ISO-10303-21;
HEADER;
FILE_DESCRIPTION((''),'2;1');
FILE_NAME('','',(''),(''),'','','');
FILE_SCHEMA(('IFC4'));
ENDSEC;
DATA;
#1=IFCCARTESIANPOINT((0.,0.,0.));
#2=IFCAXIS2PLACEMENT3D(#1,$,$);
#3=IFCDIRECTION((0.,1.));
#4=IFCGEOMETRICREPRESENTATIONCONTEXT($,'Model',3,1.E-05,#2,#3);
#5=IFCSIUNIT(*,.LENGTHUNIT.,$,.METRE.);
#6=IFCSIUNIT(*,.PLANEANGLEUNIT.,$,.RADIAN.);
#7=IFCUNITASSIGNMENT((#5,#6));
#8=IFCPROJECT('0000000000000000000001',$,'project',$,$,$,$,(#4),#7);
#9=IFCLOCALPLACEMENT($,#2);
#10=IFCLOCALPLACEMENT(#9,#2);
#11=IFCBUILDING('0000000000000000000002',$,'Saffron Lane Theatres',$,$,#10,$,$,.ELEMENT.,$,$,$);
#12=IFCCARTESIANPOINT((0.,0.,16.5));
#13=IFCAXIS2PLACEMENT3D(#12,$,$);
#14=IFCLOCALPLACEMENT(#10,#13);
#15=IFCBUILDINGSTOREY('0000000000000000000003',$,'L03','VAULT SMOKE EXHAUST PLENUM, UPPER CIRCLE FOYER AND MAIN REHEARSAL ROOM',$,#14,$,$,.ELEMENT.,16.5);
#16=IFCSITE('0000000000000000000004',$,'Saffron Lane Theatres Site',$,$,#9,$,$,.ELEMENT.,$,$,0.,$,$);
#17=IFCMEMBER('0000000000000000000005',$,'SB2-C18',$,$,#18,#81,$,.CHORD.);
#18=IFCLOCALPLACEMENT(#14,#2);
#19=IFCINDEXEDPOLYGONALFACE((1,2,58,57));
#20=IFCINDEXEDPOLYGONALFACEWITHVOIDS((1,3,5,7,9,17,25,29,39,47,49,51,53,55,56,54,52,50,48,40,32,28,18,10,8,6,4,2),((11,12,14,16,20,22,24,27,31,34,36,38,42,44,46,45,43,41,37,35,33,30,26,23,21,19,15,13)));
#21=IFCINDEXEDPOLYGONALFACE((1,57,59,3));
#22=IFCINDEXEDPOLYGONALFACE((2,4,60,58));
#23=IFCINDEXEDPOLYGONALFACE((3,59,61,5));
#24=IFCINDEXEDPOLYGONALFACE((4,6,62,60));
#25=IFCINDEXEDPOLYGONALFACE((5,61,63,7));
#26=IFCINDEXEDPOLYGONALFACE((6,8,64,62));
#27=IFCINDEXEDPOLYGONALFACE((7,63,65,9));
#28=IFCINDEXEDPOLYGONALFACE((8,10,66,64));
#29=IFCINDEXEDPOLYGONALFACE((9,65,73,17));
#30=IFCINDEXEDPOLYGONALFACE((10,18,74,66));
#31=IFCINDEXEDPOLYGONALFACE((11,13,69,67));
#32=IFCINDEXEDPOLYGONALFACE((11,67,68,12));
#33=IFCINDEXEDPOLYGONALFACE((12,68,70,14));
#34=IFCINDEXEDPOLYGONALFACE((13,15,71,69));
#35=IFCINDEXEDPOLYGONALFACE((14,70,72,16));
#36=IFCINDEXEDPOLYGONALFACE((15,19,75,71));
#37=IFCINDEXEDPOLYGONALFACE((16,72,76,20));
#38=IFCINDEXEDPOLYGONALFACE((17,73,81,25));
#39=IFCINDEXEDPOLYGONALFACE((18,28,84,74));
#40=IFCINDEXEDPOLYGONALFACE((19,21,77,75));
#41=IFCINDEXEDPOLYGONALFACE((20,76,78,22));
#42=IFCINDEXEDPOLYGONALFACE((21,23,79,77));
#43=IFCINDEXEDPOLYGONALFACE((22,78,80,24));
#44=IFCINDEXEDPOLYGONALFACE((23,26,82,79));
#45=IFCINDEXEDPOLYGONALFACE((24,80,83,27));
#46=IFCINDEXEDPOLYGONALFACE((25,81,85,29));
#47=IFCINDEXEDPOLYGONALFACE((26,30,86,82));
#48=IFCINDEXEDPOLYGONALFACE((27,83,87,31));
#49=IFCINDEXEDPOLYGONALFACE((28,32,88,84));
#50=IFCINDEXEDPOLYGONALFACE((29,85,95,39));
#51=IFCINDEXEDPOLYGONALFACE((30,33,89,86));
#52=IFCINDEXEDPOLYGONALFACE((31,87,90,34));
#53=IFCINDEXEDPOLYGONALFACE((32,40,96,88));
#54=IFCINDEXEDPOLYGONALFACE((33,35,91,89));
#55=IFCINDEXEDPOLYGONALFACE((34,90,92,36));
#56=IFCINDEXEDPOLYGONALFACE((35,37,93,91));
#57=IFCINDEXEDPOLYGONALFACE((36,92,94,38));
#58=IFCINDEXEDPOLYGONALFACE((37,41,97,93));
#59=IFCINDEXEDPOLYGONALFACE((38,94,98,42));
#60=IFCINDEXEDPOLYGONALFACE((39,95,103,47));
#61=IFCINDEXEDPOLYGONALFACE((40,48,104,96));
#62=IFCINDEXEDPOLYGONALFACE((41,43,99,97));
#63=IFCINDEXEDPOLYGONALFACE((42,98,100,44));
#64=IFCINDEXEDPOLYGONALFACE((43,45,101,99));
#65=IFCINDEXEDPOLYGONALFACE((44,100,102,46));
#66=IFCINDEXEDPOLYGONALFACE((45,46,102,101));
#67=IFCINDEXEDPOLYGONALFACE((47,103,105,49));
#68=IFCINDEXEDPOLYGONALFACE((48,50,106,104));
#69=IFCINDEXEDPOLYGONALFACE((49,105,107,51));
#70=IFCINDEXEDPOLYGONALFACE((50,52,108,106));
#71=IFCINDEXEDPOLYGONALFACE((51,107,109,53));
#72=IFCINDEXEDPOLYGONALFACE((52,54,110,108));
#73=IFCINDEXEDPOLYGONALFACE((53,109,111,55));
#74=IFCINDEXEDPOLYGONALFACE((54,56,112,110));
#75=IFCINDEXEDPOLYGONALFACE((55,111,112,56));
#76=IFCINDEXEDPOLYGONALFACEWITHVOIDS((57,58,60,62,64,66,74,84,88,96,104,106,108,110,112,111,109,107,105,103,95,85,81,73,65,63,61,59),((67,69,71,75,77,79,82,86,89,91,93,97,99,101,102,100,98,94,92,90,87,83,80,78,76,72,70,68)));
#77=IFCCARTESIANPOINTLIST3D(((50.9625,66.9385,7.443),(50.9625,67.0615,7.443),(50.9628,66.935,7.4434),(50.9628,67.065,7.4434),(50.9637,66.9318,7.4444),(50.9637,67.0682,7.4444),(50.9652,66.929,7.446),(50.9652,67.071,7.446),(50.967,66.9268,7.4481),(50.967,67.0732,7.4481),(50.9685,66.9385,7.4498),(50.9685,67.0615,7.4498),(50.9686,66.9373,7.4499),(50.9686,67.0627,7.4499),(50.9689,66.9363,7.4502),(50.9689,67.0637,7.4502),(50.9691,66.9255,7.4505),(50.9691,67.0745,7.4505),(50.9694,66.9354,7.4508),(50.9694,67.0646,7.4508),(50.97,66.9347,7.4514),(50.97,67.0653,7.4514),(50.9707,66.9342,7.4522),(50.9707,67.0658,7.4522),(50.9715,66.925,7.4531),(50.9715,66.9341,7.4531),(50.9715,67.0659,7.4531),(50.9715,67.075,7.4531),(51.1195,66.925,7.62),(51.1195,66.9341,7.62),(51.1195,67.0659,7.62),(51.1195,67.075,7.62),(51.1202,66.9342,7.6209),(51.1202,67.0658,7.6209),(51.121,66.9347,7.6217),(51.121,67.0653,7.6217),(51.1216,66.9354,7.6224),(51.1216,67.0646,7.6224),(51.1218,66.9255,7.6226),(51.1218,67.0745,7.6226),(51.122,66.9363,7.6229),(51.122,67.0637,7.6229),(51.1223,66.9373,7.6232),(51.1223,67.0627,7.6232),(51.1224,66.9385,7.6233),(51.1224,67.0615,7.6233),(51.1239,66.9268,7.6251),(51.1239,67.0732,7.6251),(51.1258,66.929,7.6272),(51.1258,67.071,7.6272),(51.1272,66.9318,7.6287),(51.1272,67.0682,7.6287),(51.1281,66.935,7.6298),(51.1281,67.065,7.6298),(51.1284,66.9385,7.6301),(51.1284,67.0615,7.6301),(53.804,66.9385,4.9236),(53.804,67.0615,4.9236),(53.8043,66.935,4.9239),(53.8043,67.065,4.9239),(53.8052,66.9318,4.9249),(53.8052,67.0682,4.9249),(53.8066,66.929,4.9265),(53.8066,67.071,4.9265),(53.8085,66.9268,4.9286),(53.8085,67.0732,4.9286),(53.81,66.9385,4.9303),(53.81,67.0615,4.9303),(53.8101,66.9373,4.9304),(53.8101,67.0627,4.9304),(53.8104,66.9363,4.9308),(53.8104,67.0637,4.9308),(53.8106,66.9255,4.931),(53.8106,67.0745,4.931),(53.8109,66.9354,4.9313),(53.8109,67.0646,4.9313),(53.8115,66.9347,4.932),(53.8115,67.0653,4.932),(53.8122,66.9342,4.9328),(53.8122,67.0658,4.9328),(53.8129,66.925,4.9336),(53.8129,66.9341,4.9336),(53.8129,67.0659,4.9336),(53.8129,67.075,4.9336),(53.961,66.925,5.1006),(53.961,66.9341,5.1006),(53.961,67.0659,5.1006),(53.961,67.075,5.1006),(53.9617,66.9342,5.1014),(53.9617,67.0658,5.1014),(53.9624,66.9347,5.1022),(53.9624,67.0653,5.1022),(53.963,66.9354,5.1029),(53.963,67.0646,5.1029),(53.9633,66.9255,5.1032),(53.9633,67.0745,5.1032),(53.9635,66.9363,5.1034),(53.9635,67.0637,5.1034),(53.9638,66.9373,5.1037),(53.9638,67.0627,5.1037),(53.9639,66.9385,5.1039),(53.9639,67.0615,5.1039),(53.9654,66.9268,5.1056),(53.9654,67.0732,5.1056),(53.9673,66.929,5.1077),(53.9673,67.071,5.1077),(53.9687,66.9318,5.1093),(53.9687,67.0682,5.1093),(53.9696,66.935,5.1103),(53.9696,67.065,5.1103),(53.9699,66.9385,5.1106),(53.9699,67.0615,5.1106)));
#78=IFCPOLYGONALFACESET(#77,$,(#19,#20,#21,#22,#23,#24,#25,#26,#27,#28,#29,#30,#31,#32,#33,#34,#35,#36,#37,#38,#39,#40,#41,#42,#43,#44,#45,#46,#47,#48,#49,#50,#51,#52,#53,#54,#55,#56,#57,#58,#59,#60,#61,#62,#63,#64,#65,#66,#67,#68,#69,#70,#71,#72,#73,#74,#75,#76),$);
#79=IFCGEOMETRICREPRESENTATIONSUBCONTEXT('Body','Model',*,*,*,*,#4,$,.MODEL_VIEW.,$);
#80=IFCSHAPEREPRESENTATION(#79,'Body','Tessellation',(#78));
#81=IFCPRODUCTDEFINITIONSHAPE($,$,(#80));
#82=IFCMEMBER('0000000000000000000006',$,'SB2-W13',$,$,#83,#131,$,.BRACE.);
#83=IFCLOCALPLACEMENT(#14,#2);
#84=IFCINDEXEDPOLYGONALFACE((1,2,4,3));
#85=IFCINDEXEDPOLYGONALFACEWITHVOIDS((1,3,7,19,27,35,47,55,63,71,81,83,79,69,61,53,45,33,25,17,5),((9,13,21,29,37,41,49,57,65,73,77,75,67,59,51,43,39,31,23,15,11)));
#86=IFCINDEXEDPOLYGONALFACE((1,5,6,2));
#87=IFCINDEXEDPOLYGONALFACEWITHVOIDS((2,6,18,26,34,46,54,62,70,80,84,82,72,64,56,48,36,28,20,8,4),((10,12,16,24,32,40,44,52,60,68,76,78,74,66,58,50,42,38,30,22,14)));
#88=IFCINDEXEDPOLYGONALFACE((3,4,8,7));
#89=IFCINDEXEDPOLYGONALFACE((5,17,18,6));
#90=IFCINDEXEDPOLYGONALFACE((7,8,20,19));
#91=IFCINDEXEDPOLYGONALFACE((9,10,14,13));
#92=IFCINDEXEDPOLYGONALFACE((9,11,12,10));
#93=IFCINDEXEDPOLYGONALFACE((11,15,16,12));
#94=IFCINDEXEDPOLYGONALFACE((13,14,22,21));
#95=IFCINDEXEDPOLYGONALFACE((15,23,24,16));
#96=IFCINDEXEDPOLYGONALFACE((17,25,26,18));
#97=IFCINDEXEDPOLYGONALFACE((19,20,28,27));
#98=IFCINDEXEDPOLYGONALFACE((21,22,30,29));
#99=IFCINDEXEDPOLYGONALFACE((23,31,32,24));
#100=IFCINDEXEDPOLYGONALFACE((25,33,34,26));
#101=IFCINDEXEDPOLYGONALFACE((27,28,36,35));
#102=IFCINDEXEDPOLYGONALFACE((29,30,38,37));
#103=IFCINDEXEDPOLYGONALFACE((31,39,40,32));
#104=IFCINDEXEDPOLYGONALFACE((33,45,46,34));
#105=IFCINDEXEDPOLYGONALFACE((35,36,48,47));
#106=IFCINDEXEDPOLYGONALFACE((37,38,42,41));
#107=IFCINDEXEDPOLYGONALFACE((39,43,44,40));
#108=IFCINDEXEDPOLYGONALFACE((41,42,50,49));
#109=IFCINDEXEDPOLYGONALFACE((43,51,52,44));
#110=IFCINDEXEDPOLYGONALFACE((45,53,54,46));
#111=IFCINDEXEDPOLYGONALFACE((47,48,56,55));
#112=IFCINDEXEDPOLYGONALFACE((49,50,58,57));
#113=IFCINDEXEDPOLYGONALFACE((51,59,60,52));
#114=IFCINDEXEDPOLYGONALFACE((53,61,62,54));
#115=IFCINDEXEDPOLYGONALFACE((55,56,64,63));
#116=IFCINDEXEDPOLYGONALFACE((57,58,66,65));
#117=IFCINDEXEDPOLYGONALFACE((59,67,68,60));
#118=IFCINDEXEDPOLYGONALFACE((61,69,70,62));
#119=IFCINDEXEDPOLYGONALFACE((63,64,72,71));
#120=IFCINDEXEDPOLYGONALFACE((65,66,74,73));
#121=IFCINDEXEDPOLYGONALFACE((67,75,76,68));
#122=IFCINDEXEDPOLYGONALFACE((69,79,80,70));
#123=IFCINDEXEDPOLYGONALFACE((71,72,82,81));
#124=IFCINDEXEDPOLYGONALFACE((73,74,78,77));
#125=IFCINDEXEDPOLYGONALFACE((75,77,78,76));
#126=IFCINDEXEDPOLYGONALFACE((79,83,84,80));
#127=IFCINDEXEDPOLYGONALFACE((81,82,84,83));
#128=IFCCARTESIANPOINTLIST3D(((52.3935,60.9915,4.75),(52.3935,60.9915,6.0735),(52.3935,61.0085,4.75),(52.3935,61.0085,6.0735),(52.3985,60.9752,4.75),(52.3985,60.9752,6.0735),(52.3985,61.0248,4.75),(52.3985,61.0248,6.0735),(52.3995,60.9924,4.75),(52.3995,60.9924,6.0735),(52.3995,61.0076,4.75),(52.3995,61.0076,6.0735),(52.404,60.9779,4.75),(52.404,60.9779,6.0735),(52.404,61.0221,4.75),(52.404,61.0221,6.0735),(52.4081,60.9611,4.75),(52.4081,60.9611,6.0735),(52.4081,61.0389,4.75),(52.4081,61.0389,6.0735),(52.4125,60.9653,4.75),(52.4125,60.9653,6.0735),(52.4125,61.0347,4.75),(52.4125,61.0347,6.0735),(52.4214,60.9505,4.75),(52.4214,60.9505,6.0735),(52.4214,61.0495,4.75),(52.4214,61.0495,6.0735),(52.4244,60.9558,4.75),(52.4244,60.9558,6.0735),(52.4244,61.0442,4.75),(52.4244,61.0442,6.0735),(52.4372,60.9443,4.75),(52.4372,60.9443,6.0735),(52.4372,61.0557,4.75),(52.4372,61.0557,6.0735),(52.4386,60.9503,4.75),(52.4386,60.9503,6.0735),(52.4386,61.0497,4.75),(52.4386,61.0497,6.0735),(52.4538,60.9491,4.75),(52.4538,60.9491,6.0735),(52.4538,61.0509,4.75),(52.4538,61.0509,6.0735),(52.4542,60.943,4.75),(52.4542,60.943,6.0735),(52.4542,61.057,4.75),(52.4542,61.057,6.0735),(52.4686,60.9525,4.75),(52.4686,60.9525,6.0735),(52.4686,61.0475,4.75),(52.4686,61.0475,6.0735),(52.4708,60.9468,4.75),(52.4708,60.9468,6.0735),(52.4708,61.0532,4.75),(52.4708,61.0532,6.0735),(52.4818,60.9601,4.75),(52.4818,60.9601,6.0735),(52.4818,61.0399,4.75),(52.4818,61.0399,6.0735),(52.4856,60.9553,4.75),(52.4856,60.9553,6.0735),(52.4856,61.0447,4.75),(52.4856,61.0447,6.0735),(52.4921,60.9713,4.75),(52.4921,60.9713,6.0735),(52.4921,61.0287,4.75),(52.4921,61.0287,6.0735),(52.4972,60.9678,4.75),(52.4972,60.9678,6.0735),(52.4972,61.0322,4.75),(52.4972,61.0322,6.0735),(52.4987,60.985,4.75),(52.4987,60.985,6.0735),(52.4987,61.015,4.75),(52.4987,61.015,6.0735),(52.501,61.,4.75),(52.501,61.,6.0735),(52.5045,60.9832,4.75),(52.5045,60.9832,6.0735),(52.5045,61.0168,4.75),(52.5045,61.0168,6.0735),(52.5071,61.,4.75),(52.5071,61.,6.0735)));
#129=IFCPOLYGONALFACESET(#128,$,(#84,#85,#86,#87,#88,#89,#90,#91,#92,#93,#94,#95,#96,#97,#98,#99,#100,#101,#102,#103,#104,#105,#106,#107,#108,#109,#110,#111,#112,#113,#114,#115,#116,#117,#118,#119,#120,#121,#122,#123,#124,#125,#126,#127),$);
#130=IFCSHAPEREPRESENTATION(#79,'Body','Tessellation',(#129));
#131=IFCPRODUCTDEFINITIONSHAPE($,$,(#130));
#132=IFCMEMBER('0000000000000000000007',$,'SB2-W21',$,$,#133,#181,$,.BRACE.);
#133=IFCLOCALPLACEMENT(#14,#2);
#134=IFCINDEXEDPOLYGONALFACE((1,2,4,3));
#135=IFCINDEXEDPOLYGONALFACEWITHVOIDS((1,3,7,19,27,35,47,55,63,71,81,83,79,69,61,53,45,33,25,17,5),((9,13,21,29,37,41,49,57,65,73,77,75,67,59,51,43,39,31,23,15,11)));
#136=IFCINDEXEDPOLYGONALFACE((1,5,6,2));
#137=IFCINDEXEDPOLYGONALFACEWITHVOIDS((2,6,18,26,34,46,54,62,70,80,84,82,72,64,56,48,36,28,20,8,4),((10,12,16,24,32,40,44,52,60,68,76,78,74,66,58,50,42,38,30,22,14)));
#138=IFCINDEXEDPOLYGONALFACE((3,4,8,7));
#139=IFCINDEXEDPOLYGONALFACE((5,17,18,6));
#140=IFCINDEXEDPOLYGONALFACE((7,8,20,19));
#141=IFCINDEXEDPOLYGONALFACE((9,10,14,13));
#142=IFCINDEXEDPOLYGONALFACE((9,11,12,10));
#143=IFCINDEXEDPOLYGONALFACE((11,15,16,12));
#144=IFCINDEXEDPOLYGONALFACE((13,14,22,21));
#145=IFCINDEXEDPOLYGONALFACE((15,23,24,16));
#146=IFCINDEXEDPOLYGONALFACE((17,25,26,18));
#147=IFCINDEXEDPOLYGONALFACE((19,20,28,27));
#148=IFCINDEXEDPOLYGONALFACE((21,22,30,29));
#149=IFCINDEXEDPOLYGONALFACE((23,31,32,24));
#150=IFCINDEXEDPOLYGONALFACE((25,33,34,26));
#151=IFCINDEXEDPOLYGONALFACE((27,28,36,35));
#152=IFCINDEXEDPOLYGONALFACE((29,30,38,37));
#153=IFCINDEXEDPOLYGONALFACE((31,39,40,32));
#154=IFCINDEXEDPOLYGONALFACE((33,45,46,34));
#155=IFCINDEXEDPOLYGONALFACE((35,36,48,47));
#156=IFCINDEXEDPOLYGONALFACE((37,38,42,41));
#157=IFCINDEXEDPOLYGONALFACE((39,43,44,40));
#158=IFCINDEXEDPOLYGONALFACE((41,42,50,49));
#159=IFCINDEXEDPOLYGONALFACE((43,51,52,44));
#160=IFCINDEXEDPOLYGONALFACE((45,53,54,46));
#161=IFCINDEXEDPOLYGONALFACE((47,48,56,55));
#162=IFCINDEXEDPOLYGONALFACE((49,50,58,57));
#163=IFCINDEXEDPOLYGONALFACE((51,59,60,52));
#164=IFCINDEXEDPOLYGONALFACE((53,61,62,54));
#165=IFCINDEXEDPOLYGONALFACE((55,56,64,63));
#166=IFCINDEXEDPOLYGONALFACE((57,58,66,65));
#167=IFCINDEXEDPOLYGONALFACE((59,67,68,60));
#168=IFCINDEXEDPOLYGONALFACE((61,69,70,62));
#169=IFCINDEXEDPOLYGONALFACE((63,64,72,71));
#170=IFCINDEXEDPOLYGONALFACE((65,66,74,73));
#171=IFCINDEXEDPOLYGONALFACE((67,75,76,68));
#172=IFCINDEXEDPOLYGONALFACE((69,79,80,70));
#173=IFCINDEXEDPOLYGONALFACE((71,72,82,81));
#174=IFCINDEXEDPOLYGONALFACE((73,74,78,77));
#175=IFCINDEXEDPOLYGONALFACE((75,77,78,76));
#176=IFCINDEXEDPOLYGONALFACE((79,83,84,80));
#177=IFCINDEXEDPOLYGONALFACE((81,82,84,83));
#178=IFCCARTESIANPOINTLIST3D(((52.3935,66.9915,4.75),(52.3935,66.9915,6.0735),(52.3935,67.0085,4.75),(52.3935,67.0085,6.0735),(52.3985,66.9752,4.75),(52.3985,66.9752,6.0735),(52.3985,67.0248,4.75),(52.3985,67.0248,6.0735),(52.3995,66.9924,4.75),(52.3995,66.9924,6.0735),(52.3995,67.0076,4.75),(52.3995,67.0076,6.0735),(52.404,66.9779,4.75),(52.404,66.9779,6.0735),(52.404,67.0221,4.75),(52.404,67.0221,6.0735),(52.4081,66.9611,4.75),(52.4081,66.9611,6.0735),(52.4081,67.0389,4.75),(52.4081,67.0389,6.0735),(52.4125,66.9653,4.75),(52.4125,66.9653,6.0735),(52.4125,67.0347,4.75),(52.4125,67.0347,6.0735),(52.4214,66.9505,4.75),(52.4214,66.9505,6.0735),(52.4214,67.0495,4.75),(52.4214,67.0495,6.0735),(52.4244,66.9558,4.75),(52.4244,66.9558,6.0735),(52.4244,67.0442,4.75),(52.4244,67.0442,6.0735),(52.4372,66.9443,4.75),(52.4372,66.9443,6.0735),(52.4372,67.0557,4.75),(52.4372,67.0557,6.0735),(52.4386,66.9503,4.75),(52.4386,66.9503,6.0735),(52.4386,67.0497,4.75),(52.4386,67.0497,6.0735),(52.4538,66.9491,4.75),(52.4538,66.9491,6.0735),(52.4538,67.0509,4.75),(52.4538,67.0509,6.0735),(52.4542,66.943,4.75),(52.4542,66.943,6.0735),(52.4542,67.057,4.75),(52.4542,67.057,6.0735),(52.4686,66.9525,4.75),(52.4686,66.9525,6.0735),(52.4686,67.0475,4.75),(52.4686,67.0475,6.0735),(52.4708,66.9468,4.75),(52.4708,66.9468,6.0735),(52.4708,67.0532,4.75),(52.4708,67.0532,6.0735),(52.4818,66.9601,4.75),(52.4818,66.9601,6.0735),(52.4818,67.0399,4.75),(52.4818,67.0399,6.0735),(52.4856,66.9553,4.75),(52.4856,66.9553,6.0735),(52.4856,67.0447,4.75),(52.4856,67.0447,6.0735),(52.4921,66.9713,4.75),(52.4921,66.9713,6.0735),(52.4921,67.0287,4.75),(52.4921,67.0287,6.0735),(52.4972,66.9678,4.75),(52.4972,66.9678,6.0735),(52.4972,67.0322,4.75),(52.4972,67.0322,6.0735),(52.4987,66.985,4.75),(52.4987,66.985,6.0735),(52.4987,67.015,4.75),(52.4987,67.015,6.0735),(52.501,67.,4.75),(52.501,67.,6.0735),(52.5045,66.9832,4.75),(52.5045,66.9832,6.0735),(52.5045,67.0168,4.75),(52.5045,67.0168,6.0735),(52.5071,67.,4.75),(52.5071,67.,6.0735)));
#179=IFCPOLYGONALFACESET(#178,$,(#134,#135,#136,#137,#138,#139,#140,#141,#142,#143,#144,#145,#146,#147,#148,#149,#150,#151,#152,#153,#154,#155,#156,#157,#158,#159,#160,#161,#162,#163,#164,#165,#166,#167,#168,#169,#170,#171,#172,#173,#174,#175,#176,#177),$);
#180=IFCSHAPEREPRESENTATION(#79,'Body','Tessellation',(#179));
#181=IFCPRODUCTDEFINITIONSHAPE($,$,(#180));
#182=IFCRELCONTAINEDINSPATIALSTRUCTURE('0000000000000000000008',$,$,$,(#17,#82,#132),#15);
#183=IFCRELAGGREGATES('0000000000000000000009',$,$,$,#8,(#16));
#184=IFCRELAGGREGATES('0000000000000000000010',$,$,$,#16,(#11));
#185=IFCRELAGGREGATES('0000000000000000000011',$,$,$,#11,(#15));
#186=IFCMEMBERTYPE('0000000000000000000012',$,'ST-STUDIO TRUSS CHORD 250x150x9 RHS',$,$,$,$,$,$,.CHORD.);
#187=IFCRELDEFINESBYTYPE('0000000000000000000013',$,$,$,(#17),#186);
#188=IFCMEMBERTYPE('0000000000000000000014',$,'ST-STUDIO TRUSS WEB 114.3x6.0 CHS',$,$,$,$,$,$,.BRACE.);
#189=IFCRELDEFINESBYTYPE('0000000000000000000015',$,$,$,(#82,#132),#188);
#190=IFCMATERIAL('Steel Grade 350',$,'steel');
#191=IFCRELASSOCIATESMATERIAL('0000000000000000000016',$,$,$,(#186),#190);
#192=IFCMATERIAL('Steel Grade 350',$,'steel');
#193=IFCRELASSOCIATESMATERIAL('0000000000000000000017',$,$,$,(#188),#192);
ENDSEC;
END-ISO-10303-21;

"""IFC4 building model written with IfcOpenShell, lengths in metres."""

from ifc_helpers import new_model, si_unit, direction, frame, origin, origin_2d, place, context, subcontext, project, spatial, hollow_rectangle, hollow_circle, extrude, material, material_profile, profile_set, type_object, element, save


model = new_model("IFC4")

# Units and contexts
model_context = context("Model", 3, precision=1e-05, world=origin(), true_north=direction((0.0, 1.0)))
body_context = subcontext(model_context, "Body", "Model", "MODEL_VIEW")
ifc_project = project(units=[si_unit("LENGTHUNIT", "METRE"), si_unit("PLANEANGLEUNIT", "RADIAN")], contexts=[model_context])

# Site, building, storey
site_placement = place(None, origin())
site = spatial("IfcSite", under=ifc_project, at=site_placement, Name="Saffron Lane Theatres Site", CompositionType="ELEMENT", RefElevation=0.0)
building_placement = place(site_placement, origin())
building = spatial("IfcBuilding", under=site, at=building_placement, Name="Saffron Lane Theatres", CompositionType="ELEMENT")
storey_placement = place(building_placement, frame((0.0, 0.0, 16.5)))
storey = spatial("IfcBuildingStorey", under=building, at=storey_placement, Name="L03", Description="VAULT SMOKE EXHAUST PLENUM, UPPER CIRCLE FOYER AND MAIN REHEARSAL ROOM", CompositionType="ELEMENT", Elevation=16.5)

# Members
ifc_material_1 = material(Name="Steel Grade 350", Category="steel")
ifc_material_profile_1 = material_profile(ifc_material_1, hollow_rectangle(XDim=0.1499, YDim=0.25, WallThickness=0.009, InnerFilletRadius=0.0044, OuterFilletRadius=0.0134, at=origin_2d()))
ifc_profile_set_1 = profile_set([ifc_material_profile_1], Name="Steel Grade 350")
member_type_1 = type_object("IfcMemberType", Name="ST-STUDIO TRUSS CHORD 250x150x9 RHS", PredefinedType="CHORD", material=ifc_profile_set_1)
member_1_placement = place(storey_placement, frame((53.887, 67.0, 5.0171), z_axis=(-0.748232, 0.0, 0.663438), x_axis=(0.0, -1.0, 0.0)))
element("IfcMember", 1, at=member_1_placement, inside=storey, type_object=member_type_1, Name="SB2-C18", PredefinedType="CHORD", context=body_context, shape_type="SweptSolid", body=[
    extrude(hollow_rectangle(XDim=0.1499, YDim=0.25, WallThickness=0.009, InnerFilletRadius=0.0044, OuterFilletRadius=0.0134, at=origin_2d()), origin(), (0.0, 0.0, 1.0), 3.7976),
])
ifc_material_2 = material(Name="Steel Grade 350", Category="steel")
ifc_material_profile_2 = material_profile(ifc_material_2, hollow_circle(Radius=0.0571, WallThickness=0.0061, at=origin_2d()))
ifc_profile_set_2 = profile_set([ifc_material_profile_2], Name="Steel Grade 350")
member_type_2 = type_object("IfcMemberType", Name="ST-STUDIO TRUSS WEB 114.3x6.0 CHS", PredefinedType="BRACE", material=ifc_profile_set_2)
for number, where, z_axis, x_axis, name in (
    (2, (52.45, 61.0, 4.75), (0.0, 0.0, 1.0), (1.0, 0.0, 0.0), "SB2-W13"),
    (3, (52.45, 67.0, 4.75), (0.0, 0.0, 1.0), (1.0, 0.0, 0.0), "SB2-W21"),
):
    element("IfcMember", number, at=place(storey_placement, frame(where, z_axis=z_axis, x_axis=x_axis)), inside=storey, type_object=member_type_2, Name=name, PredefinedType="BRACE", context=body_context, shape_type="SweptSolid", body=[
        extrude(hollow_circle(Radius=0.0571, WallThickness=0.0061, at=origin_2d()), origin(), (0.0, 0.0, 1.0), 1.3235),
    ])

save(model, "model.ifc")
